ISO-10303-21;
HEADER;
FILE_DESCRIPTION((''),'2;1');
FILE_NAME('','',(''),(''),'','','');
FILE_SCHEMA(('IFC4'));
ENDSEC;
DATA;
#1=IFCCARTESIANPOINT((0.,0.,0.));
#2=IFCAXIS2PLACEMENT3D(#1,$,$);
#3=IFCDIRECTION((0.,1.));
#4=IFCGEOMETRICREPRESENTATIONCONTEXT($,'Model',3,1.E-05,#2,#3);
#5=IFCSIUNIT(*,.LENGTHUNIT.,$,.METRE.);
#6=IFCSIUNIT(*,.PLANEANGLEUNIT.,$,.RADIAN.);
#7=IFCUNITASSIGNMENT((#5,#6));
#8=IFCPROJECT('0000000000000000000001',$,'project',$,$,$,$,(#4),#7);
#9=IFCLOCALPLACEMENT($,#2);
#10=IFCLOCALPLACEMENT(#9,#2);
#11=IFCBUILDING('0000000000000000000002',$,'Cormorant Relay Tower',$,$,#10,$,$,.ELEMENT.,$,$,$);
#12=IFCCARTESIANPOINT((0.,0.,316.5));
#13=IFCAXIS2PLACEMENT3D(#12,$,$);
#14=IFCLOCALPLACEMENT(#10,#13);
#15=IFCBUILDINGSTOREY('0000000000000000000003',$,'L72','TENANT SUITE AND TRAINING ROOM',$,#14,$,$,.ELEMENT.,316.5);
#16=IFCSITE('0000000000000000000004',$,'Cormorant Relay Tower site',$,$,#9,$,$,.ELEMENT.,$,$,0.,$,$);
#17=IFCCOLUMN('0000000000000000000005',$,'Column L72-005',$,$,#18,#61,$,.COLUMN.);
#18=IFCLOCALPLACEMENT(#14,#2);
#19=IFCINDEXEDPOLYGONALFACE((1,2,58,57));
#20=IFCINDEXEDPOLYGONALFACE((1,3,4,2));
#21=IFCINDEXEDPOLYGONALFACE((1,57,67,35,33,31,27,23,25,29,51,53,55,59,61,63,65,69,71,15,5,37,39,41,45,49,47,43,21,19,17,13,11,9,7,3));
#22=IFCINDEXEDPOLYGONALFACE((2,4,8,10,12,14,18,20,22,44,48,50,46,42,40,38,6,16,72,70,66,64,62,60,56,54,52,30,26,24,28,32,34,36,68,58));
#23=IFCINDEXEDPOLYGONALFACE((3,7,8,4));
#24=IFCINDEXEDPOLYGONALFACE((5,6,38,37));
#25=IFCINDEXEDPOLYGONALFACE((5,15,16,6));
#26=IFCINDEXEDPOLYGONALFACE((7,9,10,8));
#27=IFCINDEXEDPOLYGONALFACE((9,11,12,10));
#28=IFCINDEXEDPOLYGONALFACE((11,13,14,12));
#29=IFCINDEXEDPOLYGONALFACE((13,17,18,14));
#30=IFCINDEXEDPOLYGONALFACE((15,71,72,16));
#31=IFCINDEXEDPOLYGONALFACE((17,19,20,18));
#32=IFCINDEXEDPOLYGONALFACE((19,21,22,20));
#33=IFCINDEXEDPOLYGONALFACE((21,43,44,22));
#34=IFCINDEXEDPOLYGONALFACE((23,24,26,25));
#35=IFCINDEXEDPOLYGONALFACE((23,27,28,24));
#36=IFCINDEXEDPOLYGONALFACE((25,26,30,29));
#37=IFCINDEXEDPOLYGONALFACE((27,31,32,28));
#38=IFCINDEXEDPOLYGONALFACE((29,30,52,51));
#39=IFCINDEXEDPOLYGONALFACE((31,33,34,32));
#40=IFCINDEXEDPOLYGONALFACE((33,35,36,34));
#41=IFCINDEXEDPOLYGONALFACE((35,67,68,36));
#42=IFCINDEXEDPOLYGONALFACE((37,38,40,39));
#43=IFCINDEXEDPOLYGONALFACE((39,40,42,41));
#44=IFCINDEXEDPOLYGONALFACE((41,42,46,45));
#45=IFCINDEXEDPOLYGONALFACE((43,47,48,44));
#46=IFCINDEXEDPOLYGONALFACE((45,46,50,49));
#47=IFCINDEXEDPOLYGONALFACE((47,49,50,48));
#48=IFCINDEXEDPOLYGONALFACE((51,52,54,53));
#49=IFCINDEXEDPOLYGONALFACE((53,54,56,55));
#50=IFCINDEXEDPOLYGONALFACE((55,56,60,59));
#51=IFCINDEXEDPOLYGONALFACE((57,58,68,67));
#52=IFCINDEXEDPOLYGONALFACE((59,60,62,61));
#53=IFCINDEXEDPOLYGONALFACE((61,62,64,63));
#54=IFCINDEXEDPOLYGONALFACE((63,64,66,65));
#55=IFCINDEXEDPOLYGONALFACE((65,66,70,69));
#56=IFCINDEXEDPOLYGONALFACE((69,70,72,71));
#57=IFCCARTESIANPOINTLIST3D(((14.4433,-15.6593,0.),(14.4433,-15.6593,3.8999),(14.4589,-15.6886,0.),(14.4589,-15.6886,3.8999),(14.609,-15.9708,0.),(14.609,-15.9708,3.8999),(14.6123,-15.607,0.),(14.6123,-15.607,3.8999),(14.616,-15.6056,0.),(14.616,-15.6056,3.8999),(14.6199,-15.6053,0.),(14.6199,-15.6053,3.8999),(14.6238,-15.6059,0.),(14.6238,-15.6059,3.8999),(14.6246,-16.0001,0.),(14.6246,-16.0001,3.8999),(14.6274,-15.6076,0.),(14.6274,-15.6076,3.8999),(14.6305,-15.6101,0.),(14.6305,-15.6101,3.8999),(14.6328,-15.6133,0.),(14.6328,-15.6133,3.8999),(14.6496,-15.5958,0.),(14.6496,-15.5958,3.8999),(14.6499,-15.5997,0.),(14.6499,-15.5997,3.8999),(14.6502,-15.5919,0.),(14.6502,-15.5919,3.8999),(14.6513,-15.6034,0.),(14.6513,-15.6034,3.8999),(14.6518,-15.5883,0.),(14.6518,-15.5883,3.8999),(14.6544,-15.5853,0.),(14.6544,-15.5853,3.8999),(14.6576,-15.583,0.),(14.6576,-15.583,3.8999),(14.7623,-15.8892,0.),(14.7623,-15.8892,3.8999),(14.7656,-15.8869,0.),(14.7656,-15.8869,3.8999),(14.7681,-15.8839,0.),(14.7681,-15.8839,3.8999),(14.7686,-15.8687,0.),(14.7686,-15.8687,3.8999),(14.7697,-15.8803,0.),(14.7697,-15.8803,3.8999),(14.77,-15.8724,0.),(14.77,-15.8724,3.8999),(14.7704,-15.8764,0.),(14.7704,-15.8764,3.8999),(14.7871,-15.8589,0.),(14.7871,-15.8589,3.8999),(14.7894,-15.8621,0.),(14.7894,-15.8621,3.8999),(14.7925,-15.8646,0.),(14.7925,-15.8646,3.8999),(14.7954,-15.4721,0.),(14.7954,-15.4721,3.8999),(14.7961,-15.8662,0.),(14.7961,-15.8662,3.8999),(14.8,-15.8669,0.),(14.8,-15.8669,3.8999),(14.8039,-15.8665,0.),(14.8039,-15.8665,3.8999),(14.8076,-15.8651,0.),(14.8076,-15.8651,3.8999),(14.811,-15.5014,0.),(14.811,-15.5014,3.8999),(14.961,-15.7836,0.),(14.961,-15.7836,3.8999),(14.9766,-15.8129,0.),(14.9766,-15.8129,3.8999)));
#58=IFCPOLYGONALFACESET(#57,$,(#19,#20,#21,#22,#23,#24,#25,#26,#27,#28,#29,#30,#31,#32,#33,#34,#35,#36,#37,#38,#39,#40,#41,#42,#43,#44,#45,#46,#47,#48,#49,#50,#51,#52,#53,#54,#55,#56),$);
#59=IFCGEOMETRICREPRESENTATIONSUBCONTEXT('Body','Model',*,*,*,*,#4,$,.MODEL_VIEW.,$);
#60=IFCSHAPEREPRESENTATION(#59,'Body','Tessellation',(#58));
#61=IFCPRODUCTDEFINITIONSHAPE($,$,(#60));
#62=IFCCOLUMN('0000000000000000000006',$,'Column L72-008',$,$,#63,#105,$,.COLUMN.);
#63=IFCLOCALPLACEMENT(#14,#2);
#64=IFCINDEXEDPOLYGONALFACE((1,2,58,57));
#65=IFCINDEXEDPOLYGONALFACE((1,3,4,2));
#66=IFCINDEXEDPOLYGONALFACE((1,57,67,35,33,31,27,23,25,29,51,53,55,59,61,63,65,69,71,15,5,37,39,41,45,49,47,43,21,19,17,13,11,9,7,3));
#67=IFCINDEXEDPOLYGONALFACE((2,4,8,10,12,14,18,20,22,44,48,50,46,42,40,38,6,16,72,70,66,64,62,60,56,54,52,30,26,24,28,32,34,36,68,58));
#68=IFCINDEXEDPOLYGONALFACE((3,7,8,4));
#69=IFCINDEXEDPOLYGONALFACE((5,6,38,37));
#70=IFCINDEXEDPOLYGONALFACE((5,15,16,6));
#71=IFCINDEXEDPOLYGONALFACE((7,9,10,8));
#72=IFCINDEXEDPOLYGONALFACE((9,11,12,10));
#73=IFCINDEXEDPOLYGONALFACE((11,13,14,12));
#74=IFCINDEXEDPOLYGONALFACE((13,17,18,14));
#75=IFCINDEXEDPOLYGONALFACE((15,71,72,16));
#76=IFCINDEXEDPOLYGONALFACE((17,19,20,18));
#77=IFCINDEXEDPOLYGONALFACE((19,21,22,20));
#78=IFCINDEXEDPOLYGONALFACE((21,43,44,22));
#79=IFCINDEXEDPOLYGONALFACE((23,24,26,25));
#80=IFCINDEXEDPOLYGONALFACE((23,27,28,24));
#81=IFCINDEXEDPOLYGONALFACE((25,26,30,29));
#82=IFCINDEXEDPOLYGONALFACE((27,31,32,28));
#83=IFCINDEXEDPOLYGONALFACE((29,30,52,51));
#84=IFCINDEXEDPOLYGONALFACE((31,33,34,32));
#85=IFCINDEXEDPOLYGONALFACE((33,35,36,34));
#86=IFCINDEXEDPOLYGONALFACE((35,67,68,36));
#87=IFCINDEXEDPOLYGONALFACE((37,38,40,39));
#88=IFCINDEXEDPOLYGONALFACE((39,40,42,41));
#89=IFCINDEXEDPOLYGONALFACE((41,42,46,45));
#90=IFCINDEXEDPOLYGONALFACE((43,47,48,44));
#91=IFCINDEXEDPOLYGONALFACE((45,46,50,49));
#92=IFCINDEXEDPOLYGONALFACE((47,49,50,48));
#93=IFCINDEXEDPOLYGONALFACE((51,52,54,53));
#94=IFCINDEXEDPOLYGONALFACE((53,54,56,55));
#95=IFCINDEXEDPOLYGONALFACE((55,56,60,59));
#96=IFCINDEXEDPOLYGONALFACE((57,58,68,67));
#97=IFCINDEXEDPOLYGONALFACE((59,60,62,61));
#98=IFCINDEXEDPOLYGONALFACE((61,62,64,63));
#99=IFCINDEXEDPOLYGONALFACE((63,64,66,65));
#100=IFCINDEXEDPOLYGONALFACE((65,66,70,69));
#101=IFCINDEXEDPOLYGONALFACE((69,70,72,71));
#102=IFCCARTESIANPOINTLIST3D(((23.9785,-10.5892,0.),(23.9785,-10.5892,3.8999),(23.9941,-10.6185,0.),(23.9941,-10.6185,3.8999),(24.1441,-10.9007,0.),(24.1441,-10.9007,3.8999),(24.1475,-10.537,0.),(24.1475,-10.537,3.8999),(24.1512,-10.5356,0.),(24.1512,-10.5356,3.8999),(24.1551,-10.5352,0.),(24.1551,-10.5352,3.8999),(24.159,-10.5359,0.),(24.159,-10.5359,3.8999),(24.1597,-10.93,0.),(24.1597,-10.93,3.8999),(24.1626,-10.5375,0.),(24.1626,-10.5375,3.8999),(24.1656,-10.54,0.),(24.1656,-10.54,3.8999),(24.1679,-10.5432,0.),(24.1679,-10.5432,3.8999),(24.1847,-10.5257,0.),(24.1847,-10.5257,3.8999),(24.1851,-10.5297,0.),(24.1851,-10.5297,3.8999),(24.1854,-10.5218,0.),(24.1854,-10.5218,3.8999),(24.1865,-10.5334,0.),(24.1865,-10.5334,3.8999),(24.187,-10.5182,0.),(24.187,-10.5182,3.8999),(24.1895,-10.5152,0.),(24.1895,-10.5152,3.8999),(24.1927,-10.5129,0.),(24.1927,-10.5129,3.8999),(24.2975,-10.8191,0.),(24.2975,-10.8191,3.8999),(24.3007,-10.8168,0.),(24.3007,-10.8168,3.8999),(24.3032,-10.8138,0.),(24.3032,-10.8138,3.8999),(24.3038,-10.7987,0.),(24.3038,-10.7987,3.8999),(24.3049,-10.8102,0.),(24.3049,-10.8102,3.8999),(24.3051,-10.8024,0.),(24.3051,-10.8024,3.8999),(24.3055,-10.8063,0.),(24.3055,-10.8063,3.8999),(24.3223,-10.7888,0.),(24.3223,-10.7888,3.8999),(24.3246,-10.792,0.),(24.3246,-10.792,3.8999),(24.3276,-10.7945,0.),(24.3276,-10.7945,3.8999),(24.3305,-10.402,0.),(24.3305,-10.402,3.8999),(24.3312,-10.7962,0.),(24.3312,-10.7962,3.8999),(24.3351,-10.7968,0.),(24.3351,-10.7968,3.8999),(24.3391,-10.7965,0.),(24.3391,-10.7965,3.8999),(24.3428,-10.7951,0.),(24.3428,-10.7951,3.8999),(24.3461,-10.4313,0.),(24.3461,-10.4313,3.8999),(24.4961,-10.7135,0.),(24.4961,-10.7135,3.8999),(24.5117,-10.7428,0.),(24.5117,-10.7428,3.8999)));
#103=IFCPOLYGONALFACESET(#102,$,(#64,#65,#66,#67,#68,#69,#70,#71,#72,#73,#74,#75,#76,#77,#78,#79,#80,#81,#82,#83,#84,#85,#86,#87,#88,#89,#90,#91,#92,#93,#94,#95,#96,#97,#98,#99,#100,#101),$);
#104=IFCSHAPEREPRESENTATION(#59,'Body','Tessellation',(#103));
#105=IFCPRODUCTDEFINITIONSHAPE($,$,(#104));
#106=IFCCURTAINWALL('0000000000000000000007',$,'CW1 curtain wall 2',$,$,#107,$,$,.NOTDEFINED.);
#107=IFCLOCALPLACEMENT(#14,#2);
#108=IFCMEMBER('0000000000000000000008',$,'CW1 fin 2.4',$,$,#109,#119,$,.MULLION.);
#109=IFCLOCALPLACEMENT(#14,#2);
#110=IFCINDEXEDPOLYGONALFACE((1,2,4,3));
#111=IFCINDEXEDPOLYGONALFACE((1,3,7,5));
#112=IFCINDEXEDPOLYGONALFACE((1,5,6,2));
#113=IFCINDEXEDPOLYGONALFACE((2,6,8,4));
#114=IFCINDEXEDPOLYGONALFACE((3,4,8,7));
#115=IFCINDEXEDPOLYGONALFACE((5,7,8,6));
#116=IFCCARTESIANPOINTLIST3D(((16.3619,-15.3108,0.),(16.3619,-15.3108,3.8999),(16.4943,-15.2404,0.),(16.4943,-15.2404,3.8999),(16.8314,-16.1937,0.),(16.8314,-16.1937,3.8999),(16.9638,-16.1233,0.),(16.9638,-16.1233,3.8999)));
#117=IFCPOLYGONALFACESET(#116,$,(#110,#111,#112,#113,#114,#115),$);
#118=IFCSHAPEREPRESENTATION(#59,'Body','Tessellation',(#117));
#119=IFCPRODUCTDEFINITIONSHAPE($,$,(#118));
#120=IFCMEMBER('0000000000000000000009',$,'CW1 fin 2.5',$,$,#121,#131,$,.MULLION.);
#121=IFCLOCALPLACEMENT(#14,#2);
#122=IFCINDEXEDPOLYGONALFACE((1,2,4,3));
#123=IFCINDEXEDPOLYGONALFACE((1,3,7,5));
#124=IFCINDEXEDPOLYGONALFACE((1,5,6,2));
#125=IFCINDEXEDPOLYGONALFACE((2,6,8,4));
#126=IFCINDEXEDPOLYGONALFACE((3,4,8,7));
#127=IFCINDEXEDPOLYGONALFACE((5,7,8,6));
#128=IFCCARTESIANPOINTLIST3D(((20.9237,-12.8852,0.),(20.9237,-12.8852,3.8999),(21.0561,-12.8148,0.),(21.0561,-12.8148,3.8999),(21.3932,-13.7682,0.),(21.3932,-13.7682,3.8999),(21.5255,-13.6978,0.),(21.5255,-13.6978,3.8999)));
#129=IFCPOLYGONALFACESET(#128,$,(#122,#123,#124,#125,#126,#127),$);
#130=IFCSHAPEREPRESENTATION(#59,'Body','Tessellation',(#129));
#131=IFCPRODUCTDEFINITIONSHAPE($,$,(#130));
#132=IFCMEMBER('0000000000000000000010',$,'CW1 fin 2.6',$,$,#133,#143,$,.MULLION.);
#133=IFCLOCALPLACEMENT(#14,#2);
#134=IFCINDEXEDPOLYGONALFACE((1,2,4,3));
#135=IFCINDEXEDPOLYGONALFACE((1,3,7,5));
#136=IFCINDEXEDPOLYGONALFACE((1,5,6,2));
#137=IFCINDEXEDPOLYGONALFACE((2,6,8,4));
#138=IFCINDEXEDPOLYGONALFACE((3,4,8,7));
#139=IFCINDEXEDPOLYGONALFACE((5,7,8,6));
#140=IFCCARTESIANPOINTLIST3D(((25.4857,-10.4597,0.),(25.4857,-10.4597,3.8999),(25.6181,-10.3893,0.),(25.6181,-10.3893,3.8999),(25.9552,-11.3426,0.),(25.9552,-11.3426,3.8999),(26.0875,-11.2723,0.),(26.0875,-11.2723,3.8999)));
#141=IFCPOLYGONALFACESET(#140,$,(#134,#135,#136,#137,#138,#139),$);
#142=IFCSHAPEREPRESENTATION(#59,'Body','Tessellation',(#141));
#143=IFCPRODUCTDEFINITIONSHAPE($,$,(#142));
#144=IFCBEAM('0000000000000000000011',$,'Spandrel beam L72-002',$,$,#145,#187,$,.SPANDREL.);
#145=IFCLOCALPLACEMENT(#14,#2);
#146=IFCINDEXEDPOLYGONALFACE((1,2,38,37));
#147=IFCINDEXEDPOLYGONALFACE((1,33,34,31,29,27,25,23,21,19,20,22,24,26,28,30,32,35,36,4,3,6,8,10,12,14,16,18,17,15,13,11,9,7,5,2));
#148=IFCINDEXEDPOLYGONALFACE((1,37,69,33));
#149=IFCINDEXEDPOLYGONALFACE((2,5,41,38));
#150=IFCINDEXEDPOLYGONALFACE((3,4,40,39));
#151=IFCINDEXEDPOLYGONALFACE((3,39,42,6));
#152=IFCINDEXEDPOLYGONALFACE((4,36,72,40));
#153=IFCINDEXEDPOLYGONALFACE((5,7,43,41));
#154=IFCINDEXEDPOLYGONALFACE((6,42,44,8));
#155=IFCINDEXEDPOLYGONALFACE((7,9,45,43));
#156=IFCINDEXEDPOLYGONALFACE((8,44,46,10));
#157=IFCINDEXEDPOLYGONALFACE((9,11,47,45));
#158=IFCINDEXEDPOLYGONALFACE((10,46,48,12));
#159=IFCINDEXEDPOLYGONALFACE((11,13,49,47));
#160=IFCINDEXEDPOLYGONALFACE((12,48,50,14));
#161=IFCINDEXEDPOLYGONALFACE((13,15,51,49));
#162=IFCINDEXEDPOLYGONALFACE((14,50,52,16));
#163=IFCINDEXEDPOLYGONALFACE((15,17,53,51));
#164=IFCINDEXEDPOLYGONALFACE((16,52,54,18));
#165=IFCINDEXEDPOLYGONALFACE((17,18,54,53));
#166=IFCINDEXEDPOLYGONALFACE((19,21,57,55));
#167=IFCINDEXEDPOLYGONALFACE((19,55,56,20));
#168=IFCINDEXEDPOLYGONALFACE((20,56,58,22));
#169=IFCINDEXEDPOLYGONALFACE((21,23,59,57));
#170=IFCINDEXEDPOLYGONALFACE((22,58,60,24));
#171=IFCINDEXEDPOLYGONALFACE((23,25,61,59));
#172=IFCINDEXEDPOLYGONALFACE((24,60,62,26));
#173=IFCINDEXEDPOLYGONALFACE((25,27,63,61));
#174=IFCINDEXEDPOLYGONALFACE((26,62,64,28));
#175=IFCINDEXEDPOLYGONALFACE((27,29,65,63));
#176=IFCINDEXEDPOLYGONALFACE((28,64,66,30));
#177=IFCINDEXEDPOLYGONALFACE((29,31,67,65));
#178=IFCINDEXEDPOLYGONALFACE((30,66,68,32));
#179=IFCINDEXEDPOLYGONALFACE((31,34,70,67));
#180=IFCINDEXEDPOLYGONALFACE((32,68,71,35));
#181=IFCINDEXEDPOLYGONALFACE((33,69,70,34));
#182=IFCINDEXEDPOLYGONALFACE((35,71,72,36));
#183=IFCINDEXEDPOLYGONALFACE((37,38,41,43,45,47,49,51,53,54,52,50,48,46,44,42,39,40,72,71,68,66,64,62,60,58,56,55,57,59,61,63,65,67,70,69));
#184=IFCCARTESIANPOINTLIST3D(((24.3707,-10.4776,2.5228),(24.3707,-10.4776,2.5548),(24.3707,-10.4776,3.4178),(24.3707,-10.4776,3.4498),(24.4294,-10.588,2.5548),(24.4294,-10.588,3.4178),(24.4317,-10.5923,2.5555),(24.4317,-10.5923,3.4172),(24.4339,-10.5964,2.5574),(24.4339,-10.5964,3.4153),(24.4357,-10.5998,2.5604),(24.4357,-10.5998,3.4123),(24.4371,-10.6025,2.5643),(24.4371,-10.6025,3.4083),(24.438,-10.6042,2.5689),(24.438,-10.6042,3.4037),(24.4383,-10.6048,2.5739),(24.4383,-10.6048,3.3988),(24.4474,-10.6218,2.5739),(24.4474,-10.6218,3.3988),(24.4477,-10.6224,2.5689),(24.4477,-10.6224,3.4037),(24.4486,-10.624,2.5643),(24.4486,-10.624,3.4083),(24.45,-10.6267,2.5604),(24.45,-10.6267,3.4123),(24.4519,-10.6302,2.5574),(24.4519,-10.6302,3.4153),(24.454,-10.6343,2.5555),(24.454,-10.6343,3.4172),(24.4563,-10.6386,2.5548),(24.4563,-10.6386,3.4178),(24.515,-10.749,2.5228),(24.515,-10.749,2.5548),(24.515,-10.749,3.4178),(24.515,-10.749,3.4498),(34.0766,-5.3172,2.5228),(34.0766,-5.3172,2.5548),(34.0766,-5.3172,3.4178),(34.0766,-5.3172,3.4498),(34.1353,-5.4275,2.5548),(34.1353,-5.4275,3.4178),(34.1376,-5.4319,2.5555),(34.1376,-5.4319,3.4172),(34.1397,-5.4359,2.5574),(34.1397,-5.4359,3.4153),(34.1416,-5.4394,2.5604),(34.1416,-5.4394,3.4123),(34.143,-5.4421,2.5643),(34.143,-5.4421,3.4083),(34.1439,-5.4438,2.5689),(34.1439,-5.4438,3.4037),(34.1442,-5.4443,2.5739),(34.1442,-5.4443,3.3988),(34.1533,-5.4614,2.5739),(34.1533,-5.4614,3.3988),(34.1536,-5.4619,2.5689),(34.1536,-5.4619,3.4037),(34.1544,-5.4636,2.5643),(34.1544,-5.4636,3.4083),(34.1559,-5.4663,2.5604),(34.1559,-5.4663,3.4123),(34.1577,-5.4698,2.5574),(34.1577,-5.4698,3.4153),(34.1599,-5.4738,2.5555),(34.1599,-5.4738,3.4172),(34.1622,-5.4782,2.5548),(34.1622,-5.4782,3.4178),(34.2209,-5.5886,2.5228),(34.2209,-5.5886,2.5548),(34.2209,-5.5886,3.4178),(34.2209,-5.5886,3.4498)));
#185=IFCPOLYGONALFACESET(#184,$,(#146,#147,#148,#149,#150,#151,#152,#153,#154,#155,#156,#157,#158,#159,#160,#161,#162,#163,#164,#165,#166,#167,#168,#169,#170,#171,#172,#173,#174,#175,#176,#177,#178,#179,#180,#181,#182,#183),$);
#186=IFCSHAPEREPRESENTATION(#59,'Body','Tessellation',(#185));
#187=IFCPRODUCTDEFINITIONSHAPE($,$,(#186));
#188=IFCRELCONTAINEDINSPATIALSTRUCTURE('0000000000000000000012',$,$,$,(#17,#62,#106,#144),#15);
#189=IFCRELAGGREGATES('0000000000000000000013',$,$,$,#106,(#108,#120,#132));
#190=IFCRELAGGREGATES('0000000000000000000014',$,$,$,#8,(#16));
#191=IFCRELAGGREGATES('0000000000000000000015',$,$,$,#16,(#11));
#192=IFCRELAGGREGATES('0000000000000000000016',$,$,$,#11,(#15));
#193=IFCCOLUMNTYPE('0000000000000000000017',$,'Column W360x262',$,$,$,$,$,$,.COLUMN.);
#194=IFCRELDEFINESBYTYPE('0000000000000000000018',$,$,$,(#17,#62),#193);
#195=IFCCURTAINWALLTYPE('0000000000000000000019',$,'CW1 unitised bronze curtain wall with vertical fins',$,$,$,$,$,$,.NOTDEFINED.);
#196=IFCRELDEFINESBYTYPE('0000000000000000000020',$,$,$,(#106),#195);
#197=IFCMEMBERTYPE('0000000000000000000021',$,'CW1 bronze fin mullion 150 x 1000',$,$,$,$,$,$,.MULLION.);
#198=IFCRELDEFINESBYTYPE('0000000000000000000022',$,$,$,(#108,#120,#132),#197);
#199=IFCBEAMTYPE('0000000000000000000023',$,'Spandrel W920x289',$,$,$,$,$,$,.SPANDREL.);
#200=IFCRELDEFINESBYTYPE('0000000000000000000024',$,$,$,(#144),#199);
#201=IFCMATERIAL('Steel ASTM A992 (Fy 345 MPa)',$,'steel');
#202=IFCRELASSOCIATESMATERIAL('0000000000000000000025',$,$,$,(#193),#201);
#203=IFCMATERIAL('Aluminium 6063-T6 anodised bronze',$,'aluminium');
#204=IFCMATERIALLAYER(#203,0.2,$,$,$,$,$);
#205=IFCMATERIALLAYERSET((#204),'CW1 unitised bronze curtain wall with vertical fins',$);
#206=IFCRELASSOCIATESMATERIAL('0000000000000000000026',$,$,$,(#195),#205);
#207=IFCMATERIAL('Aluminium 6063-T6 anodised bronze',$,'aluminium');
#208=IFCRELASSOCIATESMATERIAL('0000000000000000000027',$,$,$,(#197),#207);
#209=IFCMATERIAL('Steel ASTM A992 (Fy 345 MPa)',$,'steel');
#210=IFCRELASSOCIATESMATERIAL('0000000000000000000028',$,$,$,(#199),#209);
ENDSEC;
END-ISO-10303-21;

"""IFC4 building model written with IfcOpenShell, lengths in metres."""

from ifc_helpers import new_model, si_unit, direction, frame, origin, origin_2d, place, context, subcontext, project, spatial, rectangle, i_section, extrude, material, layer, layer_set, material_profile, profile_set, type_object, element, aggregate, save


model = new_model("IFC4")

# Units and contexts
model_context = context("Model", 3, precision=1e-05, world=origin(), true_north=direction((0.0, 1.0)))
body_context = subcontext(model_context, "Body", "Model", "MODEL_VIEW")
ifc_project = project(units=[si_unit("LENGTHUNIT", "METRE"), si_unit("PLANEANGLEUNIT", "RADIAN")], contexts=[model_context])

# Site, building, storey
site_placement = place(None, origin())
site = spatial("IfcSite", under=ifc_project, at=site_placement, Name="Cormorant Relay Tower site", CompositionType="ELEMENT", RefElevation=0.0)
building_placement = place(site_placement, origin())
building = spatial("IfcBuilding", under=site, at=building_placement, Name="Cormorant Relay Tower", CompositionType="ELEMENT")
storey_placement = place(building_placement, frame((0.0, 0.0, 316.5)))
storey = spatial("IfcBuildingStorey", under=building, at=storey_placement, Name="L72", Description="TENANT SUITE AND TRAINING ROOM", CompositionType="ELEMENT", Elevation=316.5)

# Columns
ifc_material_1 = material(Name="Steel ASTM A992 (Fy 345 MPa)", Category="steel")
ifc_material_profile_1 = material_profile(ifc_material_1, i_section(OverallWidth=0.3987, OverallDepth=0.386, WebThickness=0.021, FlangeThickness=0.0332, FilletRadius=0.0151, at=origin_2d()), Name="W360x262")
ifc_profile_set_1 = profile_set([ifc_material_profile_1], Name="Steel ASTM A992 (Fy 345 MPa)")
column_type = type_object("IfcColumnType", Name="Column W360x262", PredefinedType="COLUMN", material=ifc_profile_set_1)
for number, where, z_axis, x_axis, name in (
    (1, (14.71, -15.7361, 0.0), (0.0, 0.0, 1.0), (0.882948, 0.469472, 0.0), "Column L72-005"),
    (2, (24.2451, -10.666, 0.0), (0.0, 0.0, 1.0), (0.882948, 0.469472, 0.0), "Column L72-008"),
):
    element("IfcColumn", number, at=place(storey_placement, frame(where, z_axis=z_axis, x_axis=x_axis)), inside=storey, type_object=column_type, Name=name, PredefinedType="COLUMN", context=body_context, shape_type="SweptSolid", body=[
        extrude(i_section(OverallWidth=0.3987, OverallDepth=0.386, WebThickness=0.021, FlangeThickness=0.0332, FilletRadius=0.0151, at=origin_2d()), origin(), (0.0, 0.0, 1.0), 3.8999),
    ])

# Curtain wall, members
ifc_material_2 = material(Name="Aluminium 6063-T6 anodised bronze", Category="aluminium")
ifc_layer_1 = layer(ifc_material_2, 0.2)
ifc_layer_set_1 = layer_set([ifc_layer_1], Name="CW1 unitised bronze curtain wall with vertical fins")
curtain_wall_type = type_object("IfcCurtainWallType", Name="CW1 unitised bronze curtain wall with vertical fins", PredefinedType="NOTDEFINED", material=ifc_layer_set_1)
curtain_wall_placement = place(storey_placement, origin())
curtain_wall = element("IfcCurtainWall", 3, at=curtain_wall_placement, inside=storey, type_object=curtain_wall_type, Name="CW1 curtain wall 2", PredefinedType="NOTDEFINED")
ifc_material_3 = material(Name="Aluminium 6063-T6 anodised bronze", Category="aluminium")
ifc_material_profile_2 = material_profile(ifc_material_3, rectangle(XDim=0.1499, YDim=1.0, at=origin_2d()), Name="AL 150x1000")
ifc_profile_set_2 = profile_set([ifc_material_profile_2], Name="Aluminium 6063-T6 anodised bronze")
member_type = type_object("IfcMemberType", Name="CW1 bronze fin mullion 150 x 1000", PredefinedType="MULLION", material=ifc_profile_set_2)
member_1_placement = place(storey_placement, frame((16.6628, -15.717, 0.0), z_axis=(0.0, 0.0, 1.0), x_axis=(0.882948, 0.469472, 0.0)))
member_1 = element("IfcMember", 4, at=member_1_placement, type_object=member_type, Name="CW1 fin 2.4", PredefinedType="MULLION", context=body_context, shape_type="SweptSolid", body=[
    extrude(rectangle(XDim=0.1499, YDim=1.0, at=origin_2d()), origin(), (0.0, 0.0, 1.0), 3.8999),
])
member_2_placement = place(storey_placement, frame((21.2246, -13.2915, 0.0), z_axis=(0.0, 0.0, 1.0), x_axis=(0.882948, 0.469472, 0.0)))
member_2 = element("IfcMember", 5, at=member_2_placement, type_object=member_type, Name="CW1 fin 2.5", PredefinedType="MULLION", context=body_context, shape_type="SweptSolid", body=[
    extrude(rectangle(XDim=0.1499, YDim=1.0, at=origin_2d()), origin(), (0.0, 0.0, 1.0), 3.8999),
])
member_3_placement = place(storey_placement, frame((25.7866, -10.866, 0.0), z_axis=(0.0, 0.0, 1.0), x_axis=(0.882948, 0.469472, 0.0)))
member_3 = element("IfcMember", 6, at=member_3_placement, type_object=member_type, Name="CW1 fin 2.6", PredefinedType="MULLION", context=body_context, shape_type="SweptSolid", body=[
    extrude(rectangle(XDim=0.1499, YDim=1.0, at=origin_2d()), origin(), (0.0, 0.0, 1.0), 3.8999),
])

# Beam
ifc_material_4 = material(Name="Steel ASTM A992 (Fy 345 MPa)", Category="steel")
ifc_material_profile_3 = material_profile(ifc_material_4, i_section(OverallWidth=0.3074, OverallDepth=0.927, WebThickness=0.0193, FlangeThickness=0.032, FilletRadius=0.019, at=origin_2d()), Name="W920x289")
ifc_profile_set_3 = profile_set([ifc_material_profile_3], Name="Steel ASTM A992 (Fy 345 MPa)")
beam_type_1 = type_object("IfcBeamType", Name="Spandrel W920x289", PredefinedType="SPANDREL", material=ifc_profile_set_3)
beam_1_placement = place(storey_placement, frame((24.4429, -10.6133, 2.9863), z_axis=(0.882958, 0.469452, 0.0), x_axis=(-0.469452, 0.882958, 0.0)))
element("IfcBeam", 7, at=beam_1_placement, inside=storey, type_object=beam_type_1, Name="Spandrel beam L72-002", PredefinedType="SPANDREL", context=body_context, shape_type="SweptSolid", body=[
    extrude(i_section(OverallWidth=0.3074, OverallDepth=0.927, WebThickness=0.0193, FlangeThickness=0.032, FilletRadius=0.019, at=origin_2d()), origin(), (0.0, 0.0, 1.0), 10.9924),
])

aggregate(curtain_wall, [member_1, member_2, member_3])

save(model, "model.ifc")
